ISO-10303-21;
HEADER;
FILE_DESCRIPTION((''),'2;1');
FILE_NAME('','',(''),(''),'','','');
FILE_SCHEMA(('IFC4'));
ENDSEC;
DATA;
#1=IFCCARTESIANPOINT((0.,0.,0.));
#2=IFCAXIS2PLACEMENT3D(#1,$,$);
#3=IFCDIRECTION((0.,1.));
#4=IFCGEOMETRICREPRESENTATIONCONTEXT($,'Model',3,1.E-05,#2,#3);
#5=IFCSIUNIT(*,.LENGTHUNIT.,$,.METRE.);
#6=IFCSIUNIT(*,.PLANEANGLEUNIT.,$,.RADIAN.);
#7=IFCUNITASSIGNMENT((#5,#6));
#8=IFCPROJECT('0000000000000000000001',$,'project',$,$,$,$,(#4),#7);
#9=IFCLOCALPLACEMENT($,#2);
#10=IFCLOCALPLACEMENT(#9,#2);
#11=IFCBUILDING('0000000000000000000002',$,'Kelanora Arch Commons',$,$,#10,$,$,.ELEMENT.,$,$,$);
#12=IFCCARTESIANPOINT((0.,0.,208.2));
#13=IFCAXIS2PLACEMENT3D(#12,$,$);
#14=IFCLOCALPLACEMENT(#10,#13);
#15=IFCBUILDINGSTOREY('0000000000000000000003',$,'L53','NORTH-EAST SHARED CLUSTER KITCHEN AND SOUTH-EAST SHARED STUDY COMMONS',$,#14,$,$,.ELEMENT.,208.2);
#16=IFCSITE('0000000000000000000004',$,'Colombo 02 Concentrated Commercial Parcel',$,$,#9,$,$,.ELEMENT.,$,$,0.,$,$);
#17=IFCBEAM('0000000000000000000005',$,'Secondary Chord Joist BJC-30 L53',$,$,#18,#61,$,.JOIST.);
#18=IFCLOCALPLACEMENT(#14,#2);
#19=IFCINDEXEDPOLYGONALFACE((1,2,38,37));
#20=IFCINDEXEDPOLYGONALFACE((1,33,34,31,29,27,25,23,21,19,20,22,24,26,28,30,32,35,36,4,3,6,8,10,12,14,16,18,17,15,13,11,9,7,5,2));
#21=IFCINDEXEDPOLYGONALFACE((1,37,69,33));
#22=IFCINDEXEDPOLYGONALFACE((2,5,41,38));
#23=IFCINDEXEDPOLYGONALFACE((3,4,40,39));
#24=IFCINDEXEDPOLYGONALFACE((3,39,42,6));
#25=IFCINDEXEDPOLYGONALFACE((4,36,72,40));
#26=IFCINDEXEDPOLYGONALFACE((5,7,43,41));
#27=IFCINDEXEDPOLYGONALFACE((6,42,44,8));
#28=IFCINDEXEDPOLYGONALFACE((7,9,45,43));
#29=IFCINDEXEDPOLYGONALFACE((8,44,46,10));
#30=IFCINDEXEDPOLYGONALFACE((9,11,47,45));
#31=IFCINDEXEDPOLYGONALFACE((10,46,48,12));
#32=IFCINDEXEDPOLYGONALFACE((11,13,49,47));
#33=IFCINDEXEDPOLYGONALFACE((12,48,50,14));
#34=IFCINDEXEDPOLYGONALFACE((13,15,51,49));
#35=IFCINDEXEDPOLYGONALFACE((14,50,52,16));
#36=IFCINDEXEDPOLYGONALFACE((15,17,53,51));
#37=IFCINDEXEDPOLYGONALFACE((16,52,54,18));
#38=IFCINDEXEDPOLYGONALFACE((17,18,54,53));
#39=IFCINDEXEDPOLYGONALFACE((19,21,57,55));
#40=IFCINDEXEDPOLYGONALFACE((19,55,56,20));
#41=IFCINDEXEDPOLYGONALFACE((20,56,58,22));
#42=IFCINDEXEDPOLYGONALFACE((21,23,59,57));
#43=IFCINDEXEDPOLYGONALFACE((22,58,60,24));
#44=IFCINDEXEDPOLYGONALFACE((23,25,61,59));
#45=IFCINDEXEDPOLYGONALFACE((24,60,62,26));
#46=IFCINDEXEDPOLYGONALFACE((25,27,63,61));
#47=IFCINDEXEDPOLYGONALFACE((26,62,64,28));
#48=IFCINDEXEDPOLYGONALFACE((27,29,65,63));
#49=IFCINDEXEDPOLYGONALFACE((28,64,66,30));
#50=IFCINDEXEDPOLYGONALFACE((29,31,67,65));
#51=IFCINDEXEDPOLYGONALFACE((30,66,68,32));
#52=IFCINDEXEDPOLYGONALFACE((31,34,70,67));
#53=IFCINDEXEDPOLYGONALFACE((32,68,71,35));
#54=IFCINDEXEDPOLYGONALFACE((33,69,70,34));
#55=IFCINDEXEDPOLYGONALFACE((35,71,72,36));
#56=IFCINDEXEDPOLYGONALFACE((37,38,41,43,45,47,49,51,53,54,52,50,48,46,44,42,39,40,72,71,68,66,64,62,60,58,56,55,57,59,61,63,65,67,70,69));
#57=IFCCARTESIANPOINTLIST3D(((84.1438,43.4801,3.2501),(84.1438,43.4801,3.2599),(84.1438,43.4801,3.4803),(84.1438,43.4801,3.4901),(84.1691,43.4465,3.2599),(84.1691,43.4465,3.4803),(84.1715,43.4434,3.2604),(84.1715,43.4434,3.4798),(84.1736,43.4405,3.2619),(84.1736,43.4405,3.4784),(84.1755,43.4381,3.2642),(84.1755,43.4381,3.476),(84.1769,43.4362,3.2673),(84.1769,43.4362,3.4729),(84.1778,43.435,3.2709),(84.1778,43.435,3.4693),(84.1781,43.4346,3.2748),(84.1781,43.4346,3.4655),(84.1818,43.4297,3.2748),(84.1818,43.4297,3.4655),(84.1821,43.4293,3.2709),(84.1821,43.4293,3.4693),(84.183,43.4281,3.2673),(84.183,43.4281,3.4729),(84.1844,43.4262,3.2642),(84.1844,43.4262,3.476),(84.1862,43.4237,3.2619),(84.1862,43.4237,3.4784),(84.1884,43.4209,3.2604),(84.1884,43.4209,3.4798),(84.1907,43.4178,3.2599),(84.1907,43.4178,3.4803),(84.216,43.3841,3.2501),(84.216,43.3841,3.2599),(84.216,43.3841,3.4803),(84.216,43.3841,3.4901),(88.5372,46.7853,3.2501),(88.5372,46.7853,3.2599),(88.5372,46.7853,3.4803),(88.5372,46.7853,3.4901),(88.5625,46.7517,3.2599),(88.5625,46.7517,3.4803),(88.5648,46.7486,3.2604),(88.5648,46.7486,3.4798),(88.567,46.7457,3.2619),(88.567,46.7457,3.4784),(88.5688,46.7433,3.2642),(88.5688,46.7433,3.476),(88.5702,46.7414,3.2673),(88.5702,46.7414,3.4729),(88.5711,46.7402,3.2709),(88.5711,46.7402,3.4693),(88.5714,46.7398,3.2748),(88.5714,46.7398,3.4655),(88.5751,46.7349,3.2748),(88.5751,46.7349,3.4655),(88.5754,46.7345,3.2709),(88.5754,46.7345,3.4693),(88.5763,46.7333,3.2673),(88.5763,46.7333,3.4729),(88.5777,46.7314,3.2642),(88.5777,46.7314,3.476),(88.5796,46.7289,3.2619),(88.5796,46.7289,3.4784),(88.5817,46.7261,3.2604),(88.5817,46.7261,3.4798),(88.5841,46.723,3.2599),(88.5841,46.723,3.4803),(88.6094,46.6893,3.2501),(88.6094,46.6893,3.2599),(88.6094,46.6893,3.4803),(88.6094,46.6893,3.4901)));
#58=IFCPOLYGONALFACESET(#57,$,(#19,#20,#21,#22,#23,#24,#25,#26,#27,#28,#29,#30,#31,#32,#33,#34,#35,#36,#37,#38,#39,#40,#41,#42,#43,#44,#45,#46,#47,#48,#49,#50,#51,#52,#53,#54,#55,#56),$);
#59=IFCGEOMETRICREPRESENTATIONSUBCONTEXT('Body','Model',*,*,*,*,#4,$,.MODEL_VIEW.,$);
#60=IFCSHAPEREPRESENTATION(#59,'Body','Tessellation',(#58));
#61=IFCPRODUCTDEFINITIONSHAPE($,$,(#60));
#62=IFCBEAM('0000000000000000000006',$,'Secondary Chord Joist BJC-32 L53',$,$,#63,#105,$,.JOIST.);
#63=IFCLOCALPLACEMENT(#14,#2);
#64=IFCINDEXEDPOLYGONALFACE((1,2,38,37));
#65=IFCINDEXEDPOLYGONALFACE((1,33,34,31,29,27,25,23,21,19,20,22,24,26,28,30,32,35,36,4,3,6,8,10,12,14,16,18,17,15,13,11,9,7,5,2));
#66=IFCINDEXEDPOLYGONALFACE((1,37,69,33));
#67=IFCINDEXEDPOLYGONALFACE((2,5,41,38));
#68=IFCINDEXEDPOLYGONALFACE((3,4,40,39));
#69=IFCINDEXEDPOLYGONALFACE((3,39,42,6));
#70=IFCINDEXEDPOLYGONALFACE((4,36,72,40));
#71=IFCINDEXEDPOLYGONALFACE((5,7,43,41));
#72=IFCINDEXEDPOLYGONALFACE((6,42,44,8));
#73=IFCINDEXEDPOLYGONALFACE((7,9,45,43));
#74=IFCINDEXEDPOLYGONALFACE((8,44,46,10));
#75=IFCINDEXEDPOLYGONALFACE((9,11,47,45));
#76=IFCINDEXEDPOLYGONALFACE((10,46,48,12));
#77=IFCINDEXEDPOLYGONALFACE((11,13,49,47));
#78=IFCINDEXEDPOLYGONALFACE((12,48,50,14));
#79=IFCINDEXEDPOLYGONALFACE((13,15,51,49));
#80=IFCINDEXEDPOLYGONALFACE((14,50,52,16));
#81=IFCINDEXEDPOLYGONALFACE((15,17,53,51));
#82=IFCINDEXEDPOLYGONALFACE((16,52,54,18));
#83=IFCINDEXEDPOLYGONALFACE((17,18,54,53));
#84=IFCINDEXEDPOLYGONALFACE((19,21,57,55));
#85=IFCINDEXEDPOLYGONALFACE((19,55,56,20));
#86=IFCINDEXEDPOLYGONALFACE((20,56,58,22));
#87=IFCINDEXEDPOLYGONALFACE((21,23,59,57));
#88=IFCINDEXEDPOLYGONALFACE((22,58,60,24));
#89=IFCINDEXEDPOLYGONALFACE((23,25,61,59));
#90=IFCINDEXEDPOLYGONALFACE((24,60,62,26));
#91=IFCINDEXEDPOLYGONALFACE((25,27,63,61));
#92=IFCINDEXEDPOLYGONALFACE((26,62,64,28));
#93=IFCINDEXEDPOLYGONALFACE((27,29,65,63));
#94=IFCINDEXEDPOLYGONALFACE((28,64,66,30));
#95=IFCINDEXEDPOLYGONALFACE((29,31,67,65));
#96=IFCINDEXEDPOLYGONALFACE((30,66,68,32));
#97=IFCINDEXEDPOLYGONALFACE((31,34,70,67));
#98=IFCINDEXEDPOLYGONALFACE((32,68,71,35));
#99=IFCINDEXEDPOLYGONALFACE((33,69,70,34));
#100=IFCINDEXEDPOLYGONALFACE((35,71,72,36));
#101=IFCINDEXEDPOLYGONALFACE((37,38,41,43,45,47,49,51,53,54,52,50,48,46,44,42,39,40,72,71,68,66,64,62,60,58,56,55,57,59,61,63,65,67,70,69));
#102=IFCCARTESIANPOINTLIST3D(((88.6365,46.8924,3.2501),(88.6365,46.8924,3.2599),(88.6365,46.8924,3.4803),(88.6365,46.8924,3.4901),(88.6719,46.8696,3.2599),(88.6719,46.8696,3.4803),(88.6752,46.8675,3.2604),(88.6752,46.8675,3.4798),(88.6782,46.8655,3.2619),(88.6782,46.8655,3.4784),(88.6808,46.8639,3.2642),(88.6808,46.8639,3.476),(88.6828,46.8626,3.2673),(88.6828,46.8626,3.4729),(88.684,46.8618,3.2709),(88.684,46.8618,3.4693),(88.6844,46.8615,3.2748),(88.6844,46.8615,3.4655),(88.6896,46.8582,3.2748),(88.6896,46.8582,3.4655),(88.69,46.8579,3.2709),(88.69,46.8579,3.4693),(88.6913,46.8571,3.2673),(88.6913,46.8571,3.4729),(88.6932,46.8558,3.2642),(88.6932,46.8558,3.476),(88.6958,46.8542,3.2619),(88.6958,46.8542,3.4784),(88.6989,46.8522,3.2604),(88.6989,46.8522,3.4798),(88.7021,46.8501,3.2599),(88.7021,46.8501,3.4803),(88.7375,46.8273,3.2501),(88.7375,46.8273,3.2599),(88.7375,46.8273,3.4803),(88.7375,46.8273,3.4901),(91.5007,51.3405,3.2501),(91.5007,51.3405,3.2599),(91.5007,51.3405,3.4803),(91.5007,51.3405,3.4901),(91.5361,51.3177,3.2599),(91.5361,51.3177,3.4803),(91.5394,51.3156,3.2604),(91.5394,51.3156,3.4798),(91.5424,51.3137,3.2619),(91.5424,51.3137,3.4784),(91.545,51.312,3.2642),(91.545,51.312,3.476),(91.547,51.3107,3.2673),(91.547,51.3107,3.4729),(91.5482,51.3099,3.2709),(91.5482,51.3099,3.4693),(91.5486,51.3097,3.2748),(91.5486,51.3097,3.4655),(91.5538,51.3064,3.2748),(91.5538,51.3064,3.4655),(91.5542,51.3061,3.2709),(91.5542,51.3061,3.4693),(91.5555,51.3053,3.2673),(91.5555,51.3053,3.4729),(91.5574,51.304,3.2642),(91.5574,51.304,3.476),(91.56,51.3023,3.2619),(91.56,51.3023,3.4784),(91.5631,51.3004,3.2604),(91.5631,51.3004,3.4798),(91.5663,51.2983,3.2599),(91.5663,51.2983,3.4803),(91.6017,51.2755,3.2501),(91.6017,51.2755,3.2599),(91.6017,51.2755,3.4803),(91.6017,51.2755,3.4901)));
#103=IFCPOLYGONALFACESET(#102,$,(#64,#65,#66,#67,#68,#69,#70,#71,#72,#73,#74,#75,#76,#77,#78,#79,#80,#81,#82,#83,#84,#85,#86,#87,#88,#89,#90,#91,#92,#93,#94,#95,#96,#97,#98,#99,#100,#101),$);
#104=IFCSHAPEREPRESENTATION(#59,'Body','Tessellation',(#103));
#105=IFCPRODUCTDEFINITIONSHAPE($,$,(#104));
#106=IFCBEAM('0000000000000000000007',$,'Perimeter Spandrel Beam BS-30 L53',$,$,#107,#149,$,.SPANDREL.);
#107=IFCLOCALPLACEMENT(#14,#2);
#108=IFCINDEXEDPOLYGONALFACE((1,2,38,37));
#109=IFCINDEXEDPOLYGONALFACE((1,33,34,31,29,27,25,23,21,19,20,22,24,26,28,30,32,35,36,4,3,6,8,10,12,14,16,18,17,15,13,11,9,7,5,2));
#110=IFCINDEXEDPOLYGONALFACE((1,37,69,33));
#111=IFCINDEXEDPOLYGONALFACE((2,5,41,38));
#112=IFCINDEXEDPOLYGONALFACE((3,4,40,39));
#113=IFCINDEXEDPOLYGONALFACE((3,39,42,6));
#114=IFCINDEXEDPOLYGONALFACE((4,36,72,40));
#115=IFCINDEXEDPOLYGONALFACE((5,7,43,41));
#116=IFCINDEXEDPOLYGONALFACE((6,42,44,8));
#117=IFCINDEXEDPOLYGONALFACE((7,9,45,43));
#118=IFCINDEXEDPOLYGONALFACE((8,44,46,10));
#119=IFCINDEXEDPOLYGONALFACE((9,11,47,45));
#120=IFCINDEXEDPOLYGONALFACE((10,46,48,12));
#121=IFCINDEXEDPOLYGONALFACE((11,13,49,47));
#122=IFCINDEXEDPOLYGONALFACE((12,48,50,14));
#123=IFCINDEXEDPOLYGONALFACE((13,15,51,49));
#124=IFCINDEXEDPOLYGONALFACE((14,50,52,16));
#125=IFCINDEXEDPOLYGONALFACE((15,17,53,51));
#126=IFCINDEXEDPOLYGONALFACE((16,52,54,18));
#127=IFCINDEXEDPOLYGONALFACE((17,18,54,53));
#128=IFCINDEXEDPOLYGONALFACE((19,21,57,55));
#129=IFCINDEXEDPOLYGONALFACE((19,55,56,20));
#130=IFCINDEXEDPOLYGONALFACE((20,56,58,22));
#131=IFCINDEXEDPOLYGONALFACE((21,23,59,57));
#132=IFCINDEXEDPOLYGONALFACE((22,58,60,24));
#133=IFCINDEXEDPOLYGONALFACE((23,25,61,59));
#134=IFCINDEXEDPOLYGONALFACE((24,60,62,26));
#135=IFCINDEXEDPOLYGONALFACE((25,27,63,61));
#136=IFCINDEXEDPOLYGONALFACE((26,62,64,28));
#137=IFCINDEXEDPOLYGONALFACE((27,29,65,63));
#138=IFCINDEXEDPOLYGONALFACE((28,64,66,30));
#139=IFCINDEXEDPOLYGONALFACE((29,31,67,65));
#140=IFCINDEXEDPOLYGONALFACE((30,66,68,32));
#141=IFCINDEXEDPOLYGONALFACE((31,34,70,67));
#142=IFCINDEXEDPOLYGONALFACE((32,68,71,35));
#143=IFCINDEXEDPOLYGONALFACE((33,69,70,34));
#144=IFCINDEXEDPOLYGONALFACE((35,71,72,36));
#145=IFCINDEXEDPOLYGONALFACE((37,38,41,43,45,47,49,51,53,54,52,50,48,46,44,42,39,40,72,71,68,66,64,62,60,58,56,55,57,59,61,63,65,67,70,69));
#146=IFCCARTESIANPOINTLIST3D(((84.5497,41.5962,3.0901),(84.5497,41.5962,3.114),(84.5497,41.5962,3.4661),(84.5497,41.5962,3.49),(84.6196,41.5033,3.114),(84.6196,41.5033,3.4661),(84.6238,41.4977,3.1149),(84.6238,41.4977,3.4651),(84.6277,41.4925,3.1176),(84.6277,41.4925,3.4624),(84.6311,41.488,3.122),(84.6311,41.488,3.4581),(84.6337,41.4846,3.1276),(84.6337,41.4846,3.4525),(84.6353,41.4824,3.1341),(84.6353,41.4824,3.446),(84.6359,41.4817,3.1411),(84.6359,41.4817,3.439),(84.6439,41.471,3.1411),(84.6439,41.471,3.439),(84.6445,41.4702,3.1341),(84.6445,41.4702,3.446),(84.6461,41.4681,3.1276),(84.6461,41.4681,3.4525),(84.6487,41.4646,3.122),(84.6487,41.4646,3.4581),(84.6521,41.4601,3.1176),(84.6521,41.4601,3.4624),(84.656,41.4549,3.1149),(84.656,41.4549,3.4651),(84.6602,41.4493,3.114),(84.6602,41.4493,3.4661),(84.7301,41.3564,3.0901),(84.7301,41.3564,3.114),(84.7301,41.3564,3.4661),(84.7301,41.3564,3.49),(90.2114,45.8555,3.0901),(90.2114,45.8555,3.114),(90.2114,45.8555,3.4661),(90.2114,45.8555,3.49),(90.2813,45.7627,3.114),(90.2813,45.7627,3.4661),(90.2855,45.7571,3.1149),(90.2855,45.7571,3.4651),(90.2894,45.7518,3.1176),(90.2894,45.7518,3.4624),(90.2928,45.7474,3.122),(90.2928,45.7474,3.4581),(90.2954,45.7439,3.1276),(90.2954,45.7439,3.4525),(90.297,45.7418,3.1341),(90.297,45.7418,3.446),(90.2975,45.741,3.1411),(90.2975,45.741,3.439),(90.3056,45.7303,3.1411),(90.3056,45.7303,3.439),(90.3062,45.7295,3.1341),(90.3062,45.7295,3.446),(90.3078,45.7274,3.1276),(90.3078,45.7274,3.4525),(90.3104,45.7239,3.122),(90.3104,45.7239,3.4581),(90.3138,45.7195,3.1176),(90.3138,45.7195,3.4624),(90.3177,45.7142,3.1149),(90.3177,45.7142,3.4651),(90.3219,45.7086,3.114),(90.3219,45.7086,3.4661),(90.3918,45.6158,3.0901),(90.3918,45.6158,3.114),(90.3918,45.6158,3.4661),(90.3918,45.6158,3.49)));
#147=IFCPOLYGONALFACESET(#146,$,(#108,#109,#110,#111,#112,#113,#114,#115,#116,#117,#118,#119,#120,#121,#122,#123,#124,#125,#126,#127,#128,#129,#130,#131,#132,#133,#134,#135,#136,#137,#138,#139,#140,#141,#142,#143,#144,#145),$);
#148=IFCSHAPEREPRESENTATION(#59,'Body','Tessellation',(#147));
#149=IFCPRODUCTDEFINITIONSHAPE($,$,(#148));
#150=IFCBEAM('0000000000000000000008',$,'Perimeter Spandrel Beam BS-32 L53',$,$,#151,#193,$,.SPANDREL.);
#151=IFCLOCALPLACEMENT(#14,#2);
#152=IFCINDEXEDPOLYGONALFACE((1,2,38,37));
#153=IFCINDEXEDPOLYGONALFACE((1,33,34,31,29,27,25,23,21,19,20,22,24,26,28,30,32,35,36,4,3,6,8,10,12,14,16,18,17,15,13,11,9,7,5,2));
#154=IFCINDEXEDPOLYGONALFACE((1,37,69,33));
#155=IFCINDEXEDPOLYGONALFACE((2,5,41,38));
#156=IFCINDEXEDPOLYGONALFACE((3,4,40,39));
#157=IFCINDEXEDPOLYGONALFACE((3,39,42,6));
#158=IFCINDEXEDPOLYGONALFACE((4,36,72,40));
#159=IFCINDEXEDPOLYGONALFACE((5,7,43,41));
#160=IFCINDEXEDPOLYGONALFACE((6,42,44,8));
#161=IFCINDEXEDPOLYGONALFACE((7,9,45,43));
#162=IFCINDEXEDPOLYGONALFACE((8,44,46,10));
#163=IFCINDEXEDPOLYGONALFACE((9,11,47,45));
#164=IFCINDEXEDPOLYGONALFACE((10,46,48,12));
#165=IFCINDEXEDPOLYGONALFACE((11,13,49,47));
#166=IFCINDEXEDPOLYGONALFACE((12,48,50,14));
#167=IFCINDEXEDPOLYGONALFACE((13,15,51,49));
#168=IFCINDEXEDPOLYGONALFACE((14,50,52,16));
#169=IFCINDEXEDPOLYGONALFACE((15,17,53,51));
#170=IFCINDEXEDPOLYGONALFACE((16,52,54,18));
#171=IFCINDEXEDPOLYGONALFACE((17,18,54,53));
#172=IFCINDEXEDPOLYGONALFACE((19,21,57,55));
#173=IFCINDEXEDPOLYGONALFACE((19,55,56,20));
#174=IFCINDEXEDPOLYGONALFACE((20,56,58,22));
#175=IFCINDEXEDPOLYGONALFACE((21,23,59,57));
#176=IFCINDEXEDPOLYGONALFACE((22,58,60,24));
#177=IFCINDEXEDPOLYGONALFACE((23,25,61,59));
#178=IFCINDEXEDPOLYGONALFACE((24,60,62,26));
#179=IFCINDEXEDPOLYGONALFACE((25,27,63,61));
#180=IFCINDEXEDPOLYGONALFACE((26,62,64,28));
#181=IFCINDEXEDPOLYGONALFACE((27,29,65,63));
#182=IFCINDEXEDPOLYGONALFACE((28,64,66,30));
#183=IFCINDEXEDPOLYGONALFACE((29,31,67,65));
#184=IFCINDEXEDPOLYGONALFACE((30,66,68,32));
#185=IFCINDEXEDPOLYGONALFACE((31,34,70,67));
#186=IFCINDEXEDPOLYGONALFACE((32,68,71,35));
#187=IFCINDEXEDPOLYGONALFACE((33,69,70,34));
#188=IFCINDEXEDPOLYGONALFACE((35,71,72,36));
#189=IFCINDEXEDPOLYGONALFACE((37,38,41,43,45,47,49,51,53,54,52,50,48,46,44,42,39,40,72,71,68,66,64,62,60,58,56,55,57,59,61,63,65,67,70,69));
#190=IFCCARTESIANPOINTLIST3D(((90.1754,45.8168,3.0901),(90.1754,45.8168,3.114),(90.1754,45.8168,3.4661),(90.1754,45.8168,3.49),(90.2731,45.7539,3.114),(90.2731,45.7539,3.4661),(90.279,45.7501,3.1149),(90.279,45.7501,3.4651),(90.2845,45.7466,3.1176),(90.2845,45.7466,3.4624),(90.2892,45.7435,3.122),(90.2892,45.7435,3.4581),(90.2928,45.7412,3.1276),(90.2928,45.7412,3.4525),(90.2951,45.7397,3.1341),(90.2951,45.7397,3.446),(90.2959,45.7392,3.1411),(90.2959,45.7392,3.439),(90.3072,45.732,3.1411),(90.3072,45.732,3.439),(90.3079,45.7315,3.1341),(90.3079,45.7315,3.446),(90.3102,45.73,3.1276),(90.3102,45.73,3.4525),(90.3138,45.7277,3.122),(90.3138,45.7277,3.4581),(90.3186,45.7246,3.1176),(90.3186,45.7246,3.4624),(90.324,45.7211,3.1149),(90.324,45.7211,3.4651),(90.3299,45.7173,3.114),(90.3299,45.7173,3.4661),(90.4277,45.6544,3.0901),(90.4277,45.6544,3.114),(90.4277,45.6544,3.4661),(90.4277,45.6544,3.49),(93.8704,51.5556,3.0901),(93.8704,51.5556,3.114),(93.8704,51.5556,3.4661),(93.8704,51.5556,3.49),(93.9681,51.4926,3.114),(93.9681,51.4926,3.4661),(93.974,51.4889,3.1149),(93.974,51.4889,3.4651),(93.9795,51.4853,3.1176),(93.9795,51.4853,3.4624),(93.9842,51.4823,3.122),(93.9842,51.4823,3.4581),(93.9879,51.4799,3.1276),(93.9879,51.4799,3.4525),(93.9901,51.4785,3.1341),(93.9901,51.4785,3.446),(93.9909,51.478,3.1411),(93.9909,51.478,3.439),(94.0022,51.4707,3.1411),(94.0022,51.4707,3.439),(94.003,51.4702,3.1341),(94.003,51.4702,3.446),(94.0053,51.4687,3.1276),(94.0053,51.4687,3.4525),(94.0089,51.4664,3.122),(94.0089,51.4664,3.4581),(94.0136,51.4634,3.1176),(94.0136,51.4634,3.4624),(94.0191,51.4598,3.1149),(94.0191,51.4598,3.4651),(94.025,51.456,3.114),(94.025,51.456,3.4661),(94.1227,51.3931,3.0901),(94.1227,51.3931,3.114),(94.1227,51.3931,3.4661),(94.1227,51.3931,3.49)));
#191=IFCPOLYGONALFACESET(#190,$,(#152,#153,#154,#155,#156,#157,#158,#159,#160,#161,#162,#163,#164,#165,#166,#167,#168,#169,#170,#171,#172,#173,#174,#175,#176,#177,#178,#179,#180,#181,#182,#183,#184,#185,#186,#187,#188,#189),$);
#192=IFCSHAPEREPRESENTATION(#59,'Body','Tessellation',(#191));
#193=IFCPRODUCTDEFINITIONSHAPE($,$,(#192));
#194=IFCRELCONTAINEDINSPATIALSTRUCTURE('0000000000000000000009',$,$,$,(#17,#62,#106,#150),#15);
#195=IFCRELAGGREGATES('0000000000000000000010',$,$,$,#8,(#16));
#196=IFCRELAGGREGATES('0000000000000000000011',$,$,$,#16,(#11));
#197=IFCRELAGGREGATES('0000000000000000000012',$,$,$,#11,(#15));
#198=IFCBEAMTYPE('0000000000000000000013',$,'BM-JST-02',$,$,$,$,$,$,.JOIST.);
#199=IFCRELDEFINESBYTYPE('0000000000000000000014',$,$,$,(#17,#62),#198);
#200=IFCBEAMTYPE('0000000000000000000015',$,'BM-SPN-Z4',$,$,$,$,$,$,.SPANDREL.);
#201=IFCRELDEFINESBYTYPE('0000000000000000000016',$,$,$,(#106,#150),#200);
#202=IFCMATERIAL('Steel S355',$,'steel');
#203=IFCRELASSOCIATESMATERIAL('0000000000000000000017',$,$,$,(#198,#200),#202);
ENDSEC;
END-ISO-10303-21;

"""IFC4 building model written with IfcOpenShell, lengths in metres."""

from ifc_helpers import new_model, si_unit, direction, frame, origin, origin_2d, place, context, subcontext, project, spatial, i_section, extrude, material, material_profile, profile_set, type_object, element, save


model = new_model("IFC4")

# Units and contexts
model_context = context("Model", 3, precision=1e-05, world=origin(), true_north=direction((0.0, 1.0)))
body_context = subcontext(model_context, "Body", "Model", "MODEL_VIEW")
ifc_project = project(units=[si_unit("LENGTHUNIT", "METRE"), si_unit("PLANEANGLEUNIT", "RADIAN")], contexts=[model_context])

# Site, building, storey
site_placement = place(None, origin())
site = spatial("IfcSite", under=ifc_project, at=site_placement, Name="Colombo 02 Concentrated Commercial Parcel", CompositionType="ELEMENT", RefElevation=0.0)
building_placement = place(site_placement, origin())
building = spatial("IfcBuilding", under=site, at=building_placement, Name="Kelanora Arch Commons", CompositionType="ELEMENT")
storey_placement = place(building_placement, frame((0.0, 0.0, 208.2)))
storey = spatial("IfcBuildingStorey", under=building, at=storey_placement, Name="L53", Description="NORTH-EAST SHARED CLUSTER KITCHEN AND SOUTH-EAST SHARED STUDY COMMONS", CompositionType="ELEMENT", Elevation=208.2)

# Beams
ifc_material_1 = material(Name="Steel S355", Category="steel")
ifc_material_profile_1 = material_profile(ifc_material_1, i_section(OverallWidth=0.1201, OverallDepth=0.24, WebThickness=0.0061, FlangeThickness=0.0098, FilletRadius=0.0149, at=origin_2d()), Name="IPE240")
ifc_profile_set_1 = profile_set([ifc_material_profile_1], Name="Steel S355")
beam_type_1 = type_object("IfcBeamType", Name="BM-JST-02", PredefinedType="JOIST", material=ifc_profile_set_1)
beam_1_placement = place(storey_placement, frame((84.1799, 43.4321, 3.3701), z_axis=(0.799109, 0.601186, 0.0), x_axis=(-0.601186, 0.799109, 0.0)))
element("IfcBeam", 1, at=beam_1_placement, inside=storey, type_object=beam_type_1, Name="Secondary Chord Joist BJC-30 L53", PredefinedType="JOIST", context=body_context, shape_type="SweptSolid", body=[
    extrude(i_section(OverallWidth=0.1201, OverallDepth=0.24, WebThickness=0.0061, FlangeThickness=0.0098, FilletRadius=0.0149, at=origin_2d()), origin(), (0.0, 0.0, 1.0), 5.4978),
])
beam_2_placement = place(storey_placement, frame((88.687, 46.8599, 3.3701), z_axis=(0.541382, 0.840776, 0.0), x_axis=(-0.840776, 0.541382, 0.0)))
element("IfcBeam", 2, at=beam_2_placement, inside=storey, type_object=beam_type_1, Name="Secondary Chord Joist BJC-32 L53", PredefinedType="JOIST", context=body_context, shape_type="SweptSolid", body=[
    extrude(i_section(OverallWidth=0.1201, OverallDepth=0.24, WebThickness=0.0061, FlangeThickness=0.0098, FilletRadius=0.0149, at=origin_2d()), origin(), (0.0, 0.0, 1.0), 5.2905),
])
ifc_material_profile_2 = material_profile(ifc_material_1, i_section(OverallWidth=0.3, OverallDepth=0.3999, WebThickness=0.0134, FlangeThickness=0.0239, FilletRadius=0.0271, at=origin_2d()), Name="HEB400")
ifc_profile_set_2 = profile_set([ifc_material_profile_2], Name="Steel S355")
beam_type_2 = type_object("IfcBeamType", Name="BM-SPN-Z4", PredefinedType="SPANDREL", material=ifc_profile_set_2)
beam_3_placement = place(storey_placement, frame((84.6399, 41.4763, 3.29), z_axis=(0.799114, 0.601179, 0.0), x_axis=(-0.601179, 0.799114, 0.0)))
element("IfcBeam", 3, at=beam_3_placement, inside=storey, type_object=beam_type_2, Name="Perimeter Spandrel Beam BS-30 L53", PredefinedType="SPANDREL", context=body_context, shape_type="SweptSolid", body=[
    extrude(i_section(OverallWidth=0.3, OverallDepth=0.3999, WebThickness=0.0134, FlangeThickness=0.0239, FilletRadius=0.0271, at=origin_2d()), origin(), (0.0, 0.0, 1.0), 7.085),
])
beam_4_placement = place(storey_placement, frame((90.3015, 45.7356, 3.29), z_axis=(0.541365, 0.840788, 0.0), x_axis=(-0.840788, 0.541365, 0.0)))
element("IfcBeam", 4, at=beam_4_placement, inside=storey, type_object=beam_type_2, Name="Perimeter Spandrel Beam BS-32 L53", PredefinedType="SPANDREL", context=body_context, shape_type="SweptSolid", body=[
    extrude(i_section(OverallWidth=0.3, OverallDepth=0.3999, WebThickness=0.0134, FlangeThickness=0.0239, FilletRadius=0.0271, at=origin_2d()), origin(), (0.0, 0.0, 1.0), 6.8254),
])

save(model, "model.ifc")
